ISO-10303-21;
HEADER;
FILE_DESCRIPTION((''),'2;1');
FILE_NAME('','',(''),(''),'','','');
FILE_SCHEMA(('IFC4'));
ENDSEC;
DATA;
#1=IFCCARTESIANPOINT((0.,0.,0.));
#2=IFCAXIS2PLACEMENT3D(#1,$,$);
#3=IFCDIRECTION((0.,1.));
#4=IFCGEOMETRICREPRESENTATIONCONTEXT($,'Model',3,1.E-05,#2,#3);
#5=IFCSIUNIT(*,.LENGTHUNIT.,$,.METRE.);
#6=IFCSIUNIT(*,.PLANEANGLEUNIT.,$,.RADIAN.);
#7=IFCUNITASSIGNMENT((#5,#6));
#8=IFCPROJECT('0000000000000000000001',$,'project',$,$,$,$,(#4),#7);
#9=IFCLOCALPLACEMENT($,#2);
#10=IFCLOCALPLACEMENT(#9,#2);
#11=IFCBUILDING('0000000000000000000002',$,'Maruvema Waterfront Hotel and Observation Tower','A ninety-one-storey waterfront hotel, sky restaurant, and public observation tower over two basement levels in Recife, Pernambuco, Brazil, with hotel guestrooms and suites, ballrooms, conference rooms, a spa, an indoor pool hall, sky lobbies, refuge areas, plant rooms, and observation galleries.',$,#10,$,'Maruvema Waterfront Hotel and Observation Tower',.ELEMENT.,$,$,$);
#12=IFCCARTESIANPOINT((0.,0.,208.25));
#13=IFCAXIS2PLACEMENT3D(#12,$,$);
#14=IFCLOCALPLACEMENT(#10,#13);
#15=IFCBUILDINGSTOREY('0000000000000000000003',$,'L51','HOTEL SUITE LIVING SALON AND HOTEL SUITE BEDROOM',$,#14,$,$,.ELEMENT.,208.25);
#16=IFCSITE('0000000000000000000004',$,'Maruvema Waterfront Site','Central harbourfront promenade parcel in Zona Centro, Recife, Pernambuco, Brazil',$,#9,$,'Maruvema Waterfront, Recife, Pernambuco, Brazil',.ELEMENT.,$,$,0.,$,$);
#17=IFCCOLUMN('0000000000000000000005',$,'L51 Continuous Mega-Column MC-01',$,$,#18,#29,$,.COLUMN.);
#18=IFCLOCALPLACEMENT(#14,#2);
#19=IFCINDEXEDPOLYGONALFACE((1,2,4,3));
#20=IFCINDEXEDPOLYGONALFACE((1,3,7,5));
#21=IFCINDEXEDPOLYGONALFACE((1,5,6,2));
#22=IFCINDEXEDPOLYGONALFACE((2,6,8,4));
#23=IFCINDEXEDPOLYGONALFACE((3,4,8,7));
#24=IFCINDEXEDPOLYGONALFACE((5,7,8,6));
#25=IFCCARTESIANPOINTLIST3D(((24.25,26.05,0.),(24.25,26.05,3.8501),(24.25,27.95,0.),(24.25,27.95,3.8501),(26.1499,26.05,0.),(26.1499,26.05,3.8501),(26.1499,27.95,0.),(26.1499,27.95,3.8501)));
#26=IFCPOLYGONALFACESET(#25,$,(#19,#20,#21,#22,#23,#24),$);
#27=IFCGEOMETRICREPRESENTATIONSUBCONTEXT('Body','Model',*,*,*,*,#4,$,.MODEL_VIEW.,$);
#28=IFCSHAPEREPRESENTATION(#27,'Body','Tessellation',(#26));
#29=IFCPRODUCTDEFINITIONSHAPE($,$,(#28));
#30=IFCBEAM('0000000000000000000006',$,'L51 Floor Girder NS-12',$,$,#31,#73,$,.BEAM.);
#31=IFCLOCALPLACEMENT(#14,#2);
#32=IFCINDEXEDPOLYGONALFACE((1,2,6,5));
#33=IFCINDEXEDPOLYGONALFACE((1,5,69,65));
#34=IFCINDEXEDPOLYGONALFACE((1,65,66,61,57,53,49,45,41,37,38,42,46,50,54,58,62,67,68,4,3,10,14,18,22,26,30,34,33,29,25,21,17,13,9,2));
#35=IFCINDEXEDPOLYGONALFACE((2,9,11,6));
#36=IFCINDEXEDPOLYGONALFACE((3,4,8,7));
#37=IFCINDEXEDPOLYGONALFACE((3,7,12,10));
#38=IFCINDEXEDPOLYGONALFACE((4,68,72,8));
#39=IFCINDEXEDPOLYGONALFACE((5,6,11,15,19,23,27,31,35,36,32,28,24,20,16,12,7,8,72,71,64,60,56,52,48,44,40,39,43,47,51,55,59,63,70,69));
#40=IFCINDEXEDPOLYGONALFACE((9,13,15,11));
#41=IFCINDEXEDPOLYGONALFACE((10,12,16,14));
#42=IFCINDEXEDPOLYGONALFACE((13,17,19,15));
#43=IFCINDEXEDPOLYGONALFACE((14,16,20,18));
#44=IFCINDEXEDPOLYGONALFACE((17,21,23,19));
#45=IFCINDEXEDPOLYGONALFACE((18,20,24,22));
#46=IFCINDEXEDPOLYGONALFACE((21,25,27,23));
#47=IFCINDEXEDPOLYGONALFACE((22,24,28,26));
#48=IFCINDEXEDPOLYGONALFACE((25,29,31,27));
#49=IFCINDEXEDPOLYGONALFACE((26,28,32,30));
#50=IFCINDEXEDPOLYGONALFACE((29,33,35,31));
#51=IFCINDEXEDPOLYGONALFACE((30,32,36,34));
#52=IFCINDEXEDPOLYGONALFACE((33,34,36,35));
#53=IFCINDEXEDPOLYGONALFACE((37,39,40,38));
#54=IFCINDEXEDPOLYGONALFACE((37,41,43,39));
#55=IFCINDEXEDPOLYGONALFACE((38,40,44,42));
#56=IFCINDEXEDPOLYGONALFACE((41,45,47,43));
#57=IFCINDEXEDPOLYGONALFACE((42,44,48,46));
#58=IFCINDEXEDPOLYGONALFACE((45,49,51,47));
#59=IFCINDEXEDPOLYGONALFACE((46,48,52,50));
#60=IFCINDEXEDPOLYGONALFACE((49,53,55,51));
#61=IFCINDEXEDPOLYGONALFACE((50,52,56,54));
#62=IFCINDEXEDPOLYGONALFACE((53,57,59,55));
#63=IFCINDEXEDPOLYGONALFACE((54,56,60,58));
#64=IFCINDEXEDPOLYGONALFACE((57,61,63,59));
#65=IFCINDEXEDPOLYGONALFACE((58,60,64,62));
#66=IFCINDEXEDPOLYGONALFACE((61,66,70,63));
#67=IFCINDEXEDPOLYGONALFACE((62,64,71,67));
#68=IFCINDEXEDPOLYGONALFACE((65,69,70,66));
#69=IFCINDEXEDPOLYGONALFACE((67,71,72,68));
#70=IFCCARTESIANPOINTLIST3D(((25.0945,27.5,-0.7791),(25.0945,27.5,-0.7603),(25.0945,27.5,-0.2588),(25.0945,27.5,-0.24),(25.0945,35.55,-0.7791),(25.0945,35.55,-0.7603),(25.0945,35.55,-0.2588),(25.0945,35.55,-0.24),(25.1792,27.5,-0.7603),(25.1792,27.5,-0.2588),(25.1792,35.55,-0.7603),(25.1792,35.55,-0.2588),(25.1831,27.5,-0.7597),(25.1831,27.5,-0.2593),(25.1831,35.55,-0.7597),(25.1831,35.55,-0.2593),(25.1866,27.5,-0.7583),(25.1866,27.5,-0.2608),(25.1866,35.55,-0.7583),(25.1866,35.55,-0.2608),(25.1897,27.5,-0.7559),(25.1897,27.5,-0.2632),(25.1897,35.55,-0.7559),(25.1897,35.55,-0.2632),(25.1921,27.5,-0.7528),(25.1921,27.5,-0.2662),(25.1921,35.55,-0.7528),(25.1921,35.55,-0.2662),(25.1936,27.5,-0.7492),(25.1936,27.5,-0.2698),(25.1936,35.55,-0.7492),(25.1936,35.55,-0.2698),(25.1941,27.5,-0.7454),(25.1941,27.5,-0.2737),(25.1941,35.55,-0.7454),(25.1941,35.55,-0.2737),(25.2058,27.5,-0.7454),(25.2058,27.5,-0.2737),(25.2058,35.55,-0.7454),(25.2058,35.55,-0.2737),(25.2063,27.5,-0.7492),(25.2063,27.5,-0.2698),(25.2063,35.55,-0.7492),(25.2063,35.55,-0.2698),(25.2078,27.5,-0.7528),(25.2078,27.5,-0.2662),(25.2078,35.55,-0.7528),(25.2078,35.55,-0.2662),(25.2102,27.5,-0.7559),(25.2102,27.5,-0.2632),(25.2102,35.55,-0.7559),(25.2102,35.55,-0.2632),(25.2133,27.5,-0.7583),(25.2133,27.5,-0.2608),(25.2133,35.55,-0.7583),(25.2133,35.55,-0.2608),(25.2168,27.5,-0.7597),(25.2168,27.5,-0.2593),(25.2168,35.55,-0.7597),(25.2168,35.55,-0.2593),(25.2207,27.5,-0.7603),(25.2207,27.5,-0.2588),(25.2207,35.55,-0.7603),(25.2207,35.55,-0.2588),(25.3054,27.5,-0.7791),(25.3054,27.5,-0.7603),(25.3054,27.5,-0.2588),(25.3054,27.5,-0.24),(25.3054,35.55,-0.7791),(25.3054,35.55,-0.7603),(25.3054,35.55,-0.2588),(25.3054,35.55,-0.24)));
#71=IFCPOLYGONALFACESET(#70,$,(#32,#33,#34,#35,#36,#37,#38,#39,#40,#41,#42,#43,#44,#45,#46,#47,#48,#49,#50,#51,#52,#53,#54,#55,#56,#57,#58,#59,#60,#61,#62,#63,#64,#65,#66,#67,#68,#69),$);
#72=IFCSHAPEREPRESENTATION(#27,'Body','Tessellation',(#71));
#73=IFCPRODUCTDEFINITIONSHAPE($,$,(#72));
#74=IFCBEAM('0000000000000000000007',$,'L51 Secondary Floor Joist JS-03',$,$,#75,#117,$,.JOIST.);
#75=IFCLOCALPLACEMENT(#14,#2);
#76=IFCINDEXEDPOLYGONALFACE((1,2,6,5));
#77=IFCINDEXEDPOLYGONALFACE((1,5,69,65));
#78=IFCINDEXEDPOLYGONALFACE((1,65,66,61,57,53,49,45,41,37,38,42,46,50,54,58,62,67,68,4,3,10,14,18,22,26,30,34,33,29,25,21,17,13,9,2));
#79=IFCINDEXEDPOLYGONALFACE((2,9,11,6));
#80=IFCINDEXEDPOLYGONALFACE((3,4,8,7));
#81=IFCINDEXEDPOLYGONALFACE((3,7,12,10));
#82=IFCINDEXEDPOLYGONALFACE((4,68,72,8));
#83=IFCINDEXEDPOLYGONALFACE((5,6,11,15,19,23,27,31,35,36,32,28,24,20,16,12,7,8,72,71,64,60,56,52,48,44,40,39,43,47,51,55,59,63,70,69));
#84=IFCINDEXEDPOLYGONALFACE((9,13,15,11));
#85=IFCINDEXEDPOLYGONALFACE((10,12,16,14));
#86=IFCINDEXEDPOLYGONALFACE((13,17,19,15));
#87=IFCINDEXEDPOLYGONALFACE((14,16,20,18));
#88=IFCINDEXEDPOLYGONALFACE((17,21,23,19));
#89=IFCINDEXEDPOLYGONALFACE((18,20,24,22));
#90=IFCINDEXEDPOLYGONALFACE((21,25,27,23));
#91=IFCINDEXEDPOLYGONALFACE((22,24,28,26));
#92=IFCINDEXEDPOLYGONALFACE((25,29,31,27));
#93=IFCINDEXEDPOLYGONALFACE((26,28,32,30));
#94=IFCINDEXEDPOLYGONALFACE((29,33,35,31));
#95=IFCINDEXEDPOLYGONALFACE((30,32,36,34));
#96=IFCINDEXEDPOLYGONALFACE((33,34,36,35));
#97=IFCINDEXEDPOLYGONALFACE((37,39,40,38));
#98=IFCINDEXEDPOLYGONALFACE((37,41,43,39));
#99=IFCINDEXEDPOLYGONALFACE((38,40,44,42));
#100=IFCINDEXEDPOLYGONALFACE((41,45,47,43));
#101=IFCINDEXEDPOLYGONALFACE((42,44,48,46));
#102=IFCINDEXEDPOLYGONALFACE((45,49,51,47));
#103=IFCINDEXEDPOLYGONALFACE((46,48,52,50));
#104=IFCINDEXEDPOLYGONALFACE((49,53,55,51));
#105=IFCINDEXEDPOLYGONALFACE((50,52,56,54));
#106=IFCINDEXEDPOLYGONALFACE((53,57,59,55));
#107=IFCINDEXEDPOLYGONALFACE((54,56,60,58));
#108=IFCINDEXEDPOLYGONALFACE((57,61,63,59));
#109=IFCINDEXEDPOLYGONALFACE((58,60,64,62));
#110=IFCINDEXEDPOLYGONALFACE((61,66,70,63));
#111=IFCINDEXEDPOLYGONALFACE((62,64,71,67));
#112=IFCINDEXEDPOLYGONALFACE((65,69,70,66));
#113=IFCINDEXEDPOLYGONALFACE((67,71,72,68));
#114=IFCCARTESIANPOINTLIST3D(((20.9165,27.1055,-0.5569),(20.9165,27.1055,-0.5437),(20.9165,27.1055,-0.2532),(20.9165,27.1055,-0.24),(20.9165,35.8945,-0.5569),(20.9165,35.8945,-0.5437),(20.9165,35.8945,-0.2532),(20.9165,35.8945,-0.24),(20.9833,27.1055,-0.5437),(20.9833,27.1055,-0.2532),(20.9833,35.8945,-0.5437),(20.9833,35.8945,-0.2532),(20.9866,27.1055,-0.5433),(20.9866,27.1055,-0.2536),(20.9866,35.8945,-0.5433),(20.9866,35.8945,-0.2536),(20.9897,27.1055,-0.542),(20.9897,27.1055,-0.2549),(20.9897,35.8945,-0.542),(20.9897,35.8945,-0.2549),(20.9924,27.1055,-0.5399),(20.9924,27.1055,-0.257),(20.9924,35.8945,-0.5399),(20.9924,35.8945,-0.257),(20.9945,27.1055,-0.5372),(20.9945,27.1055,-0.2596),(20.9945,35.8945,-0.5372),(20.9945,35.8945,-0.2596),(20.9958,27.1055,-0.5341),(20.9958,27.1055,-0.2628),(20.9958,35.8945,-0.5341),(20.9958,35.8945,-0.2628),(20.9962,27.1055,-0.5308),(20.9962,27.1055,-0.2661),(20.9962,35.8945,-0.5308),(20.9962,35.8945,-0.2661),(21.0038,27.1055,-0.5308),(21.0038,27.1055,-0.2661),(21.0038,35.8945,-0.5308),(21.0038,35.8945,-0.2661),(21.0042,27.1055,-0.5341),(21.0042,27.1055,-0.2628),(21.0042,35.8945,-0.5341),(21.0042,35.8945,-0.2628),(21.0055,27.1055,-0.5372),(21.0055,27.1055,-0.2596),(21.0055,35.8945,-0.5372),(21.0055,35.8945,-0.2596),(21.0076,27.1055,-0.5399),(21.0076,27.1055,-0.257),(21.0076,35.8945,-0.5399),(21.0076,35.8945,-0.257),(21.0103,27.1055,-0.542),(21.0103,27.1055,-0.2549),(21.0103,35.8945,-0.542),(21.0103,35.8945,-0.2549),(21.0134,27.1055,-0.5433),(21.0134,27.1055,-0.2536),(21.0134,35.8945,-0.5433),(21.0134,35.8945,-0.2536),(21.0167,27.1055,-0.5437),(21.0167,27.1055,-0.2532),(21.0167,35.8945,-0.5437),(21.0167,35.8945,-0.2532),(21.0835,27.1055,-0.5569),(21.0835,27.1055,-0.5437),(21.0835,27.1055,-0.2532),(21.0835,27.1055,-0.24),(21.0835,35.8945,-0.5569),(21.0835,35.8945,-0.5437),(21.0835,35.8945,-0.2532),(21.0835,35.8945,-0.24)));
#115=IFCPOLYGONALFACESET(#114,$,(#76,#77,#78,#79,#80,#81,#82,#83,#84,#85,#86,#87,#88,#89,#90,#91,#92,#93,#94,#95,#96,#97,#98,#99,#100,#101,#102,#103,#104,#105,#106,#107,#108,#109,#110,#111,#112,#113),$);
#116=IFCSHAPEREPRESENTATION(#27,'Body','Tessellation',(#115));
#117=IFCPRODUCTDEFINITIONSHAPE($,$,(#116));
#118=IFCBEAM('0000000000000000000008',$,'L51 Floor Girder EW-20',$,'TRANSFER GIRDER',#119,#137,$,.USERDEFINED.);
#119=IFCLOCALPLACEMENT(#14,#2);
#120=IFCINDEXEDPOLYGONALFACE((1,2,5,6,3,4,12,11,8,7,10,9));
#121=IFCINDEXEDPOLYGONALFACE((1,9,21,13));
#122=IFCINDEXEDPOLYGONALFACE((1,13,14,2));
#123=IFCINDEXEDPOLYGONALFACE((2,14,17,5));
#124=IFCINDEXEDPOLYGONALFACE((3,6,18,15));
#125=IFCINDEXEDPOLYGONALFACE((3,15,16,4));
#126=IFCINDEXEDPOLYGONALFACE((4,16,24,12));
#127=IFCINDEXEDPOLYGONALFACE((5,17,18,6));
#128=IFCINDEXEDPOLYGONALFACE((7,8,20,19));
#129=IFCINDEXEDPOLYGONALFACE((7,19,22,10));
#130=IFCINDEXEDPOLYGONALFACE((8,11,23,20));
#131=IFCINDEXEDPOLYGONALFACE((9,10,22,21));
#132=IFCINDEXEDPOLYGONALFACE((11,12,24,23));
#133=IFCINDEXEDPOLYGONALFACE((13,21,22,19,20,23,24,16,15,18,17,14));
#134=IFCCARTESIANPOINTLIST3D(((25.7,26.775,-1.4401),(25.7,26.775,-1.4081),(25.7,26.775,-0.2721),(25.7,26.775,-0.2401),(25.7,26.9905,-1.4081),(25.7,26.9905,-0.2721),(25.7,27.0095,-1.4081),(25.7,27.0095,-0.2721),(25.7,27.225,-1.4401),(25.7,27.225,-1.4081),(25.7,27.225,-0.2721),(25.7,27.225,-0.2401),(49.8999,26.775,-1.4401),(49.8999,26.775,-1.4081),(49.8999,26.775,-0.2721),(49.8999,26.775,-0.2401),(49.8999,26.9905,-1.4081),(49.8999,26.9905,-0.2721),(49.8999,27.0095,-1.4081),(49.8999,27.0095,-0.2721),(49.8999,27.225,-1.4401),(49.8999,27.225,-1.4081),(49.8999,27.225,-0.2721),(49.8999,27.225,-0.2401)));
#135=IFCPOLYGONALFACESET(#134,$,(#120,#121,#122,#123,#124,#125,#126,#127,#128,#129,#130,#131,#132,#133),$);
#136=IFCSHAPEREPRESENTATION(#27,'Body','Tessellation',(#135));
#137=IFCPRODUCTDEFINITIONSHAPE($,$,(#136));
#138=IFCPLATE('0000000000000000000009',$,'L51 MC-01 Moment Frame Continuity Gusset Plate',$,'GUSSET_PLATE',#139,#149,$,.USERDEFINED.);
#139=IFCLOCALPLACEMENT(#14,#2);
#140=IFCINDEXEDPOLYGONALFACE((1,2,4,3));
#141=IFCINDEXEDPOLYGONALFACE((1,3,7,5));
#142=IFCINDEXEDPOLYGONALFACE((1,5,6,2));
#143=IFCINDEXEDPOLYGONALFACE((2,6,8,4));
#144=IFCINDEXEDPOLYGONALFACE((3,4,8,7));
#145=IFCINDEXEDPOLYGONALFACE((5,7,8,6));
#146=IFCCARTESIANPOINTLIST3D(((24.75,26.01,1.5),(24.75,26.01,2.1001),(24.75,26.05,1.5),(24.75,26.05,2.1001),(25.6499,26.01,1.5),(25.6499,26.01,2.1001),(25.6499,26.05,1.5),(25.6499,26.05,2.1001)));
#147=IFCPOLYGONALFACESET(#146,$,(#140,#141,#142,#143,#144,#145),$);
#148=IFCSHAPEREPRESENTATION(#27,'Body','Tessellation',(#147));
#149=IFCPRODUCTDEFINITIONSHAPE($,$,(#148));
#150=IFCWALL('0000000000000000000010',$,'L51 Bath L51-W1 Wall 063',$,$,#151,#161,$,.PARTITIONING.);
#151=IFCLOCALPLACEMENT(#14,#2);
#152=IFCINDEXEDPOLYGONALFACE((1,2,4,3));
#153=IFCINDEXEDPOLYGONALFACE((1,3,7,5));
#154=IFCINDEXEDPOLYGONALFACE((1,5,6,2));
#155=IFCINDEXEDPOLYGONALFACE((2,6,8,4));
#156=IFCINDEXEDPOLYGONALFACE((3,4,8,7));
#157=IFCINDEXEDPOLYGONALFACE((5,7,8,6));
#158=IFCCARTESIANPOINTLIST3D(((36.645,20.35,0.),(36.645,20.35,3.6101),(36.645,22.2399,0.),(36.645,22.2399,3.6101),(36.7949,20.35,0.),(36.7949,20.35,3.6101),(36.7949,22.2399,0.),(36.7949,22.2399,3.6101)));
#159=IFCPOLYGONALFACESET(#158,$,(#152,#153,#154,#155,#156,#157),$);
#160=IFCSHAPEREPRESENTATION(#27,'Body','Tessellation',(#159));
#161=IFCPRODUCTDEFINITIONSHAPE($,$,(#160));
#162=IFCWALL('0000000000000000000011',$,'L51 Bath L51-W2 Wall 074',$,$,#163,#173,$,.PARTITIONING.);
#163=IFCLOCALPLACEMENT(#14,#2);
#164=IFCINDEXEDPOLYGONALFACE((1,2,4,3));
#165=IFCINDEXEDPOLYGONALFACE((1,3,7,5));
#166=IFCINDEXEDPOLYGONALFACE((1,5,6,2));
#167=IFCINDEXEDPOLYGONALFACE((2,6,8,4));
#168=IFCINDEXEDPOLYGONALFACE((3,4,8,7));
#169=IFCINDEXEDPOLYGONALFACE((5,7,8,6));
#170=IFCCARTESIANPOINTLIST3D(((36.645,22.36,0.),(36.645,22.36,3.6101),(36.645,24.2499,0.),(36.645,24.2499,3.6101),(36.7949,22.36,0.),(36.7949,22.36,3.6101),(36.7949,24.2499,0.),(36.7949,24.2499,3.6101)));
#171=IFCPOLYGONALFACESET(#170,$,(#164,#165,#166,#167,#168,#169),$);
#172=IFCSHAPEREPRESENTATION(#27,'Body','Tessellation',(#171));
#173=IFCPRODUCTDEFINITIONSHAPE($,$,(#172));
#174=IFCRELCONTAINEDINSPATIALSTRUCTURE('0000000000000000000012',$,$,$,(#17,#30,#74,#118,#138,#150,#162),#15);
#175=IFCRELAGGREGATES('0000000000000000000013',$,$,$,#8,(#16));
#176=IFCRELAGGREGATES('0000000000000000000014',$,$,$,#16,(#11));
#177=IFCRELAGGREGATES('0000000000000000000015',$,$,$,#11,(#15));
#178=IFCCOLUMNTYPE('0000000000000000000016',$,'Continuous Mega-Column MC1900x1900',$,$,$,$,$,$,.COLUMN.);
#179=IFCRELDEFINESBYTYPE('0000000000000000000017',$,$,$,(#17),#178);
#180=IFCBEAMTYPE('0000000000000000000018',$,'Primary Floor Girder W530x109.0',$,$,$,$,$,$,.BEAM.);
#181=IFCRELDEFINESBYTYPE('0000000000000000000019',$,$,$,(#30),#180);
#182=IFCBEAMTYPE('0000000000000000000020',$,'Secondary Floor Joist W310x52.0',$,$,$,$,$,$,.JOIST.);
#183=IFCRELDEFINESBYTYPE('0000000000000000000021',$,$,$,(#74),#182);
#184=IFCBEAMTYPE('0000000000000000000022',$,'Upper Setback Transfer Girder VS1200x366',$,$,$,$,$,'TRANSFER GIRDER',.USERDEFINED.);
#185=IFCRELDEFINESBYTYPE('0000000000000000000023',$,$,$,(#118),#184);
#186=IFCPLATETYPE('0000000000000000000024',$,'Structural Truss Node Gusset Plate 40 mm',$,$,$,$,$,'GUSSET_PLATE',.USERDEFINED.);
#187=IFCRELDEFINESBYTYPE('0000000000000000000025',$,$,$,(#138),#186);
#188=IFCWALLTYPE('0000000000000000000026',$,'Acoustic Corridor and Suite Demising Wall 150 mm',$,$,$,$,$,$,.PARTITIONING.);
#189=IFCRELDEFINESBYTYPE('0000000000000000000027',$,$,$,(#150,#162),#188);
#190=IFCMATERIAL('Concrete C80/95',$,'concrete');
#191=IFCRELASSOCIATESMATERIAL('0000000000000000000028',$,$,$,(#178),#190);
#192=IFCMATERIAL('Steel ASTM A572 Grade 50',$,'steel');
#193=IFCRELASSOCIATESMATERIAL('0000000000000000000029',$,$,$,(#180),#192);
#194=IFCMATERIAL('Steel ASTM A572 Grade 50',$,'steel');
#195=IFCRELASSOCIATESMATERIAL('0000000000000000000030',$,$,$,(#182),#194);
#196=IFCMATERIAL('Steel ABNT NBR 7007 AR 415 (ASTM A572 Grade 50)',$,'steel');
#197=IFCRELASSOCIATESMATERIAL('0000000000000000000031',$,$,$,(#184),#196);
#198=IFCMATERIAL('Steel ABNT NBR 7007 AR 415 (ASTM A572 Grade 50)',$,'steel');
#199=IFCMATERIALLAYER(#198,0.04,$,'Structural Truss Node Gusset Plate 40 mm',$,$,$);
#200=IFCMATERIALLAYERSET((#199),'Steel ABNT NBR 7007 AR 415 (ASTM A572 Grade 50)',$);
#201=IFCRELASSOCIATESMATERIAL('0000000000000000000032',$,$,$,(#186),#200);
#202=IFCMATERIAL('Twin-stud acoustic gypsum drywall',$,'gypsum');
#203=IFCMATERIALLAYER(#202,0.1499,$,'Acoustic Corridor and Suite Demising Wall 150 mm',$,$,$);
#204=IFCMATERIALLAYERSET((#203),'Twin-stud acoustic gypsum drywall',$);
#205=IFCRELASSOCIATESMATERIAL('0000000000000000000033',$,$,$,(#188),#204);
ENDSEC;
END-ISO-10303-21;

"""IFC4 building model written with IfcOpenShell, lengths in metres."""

from ifc_helpers import new_model, si_unit, direction, frame, frame_2d, origin, origin_2d, place, context, subcontext, project, spatial, rectangle, i_section, extrude, material, layer, layer_set, material_profile, profile_set, type_object, element, save


model = new_model("IFC4")

# Units and contexts
model_context = context("Model", 3, precision=1e-05, world=origin(), true_north=direction((0.0, 1.0)))
body_context = subcontext(model_context, "Body", "Model", "MODEL_VIEW")
ifc_project = project(units=[si_unit("LENGTHUNIT", "METRE"), si_unit("PLANEANGLEUNIT", "RADIAN")], contexts=[model_context])

# Site, building, storey
site_placement = place(None, origin())
site = spatial("IfcSite", under=ifc_project, at=site_placement, Name="Maruvema Waterfront Site", Description="Central harbourfront promenade parcel in Zona Centro, Recife, Pernambuco, Brazil", LongName="Maruvema Waterfront, Recife, Pernambuco, Brazil", CompositionType="ELEMENT", RefElevation=0.0)
building_placement = place(site_placement, origin())
building = spatial("IfcBuilding", under=site, at=building_placement, Name="Maruvema Waterfront Hotel and Observation Tower", Description="A ninety-one-storey waterfront hotel, sky restaurant, and public observation tower over two basement levels in Recife, Pernambuco, Brazil, with hotel guestrooms and suites, ballrooms, conference rooms, a spa, an indoor pool hall, sky lobbies, refuge areas, plant rooms, and observation galleries.", LongName="Maruvema Waterfront Hotel and Observation Tower", CompositionType="ELEMENT")
storey_placement = place(building_placement, frame((0.0, 0.0, 208.25)))
storey = spatial("IfcBuildingStorey", under=building, at=storey_placement, Name="L51", Description="HOTEL SUITE LIVING SALON AND HOTEL SUITE BEDROOM", CompositionType="ELEMENT", Elevation=208.25)

# Column
ifc_material_1 = material(Name="Concrete C80/95", Category="concrete")
ifc_material_profile_1 = material_profile(ifc_material_1, rectangle(XDim=1.8999, YDim=1.8999, at=origin_2d()), Name="MC1900x1900")
ifc_profile_set_1 = profile_set([ifc_material_profile_1], Name="Concrete C80/95")
column_type = type_object("IfcColumnType", Name="Continuous Mega-Column MC1900x1900", PredefinedType="COLUMN", material=ifc_profile_set_1)
column_placement = place(storey_placement, frame((25.2, 27.0, 0.0), z_axis=(0.0, 0.0, 1.0), x_axis=(1.0, 0.0, 0.0)))
element("IfcColumn", 1, at=column_placement, inside=storey, type_object=column_type, Name="L51 Continuous Mega-Column MC-01", PredefinedType="COLUMN", context=body_context, shape_type="SweptSolid", body=[
    extrude(rectangle(XDim=1.8999, YDim=1.8999, at=origin_2d()), origin(), (0.0, 0.0, 1.0), 3.8501),
])

# Beams
ifc_material_2 = material(Name="Steel ASTM A572 Grade 50", Category="steel")
ifc_material_profile_2 = material_profile(ifc_material_2, i_section(OverallWidth=0.2109, OverallDepth=0.5391, WebThickness=0.0117, FlangeThickness=0.0188, FilletRadius=0.0149, at=origin_2d()), Name="W530x109.0")
ifc_profile_set_2 = profile_set([ifc_material_profile_2], Name="Steel ASTM A572 Grade 50")
beam_type_1 = type_object("IfcBeamType", Name="Primary Floor Girder W530x109.0", PredefinedType="BEAM", material=ifc_profile_set_2)
beam_1_placement = place(storey_placement, frame((25.2, 27.5, -0.5095), z_axis=(0.0, 1.0, 0.0), x_axis=(-1.0, 0.0, 0.0)))
element("IfcBeam", 2, at=beam_1_placement, inside=storey, type_object=beam_type_1, Name="L51 Floor Girder NS-12", PredefinedType="BEAM", context=body_context, shape_type="SweptSolid", body=[
    extrude(i_section(OverallWidth=0.2109, OverallDepth=0.5391, WebThickness=0.0117, FlangeThickness=0.0188, FilletRadius=0.0149, at=origin_2d()), origin(), (0.0, 0.0, 1.0), 8.05),
])
ifc_material_3 = material(Name="Steel ASTM A572 Grade 50", Category="steel")
ifc_material_profile_3 = material_profile(ifc_material_3, i_section(OverallWidth=0.167, OverallDepth=0.3169, WebThickness=0.0076, FlangeThickness=0.0132, FilletRadius=0.0129, at=origin_2d()), Name="W310x52.0")
ifc_profile_set_3 = profile_set([ifc_material_profile_3], Name="Steel ASTM A572 Grade 50")
beam_type_2 = type_object("IfcBeamType", Name="Secondary Floor Joist W310x52.0", PredefinedType="JOIST", material=ifc_profile_set_3)
beam_2_placement = place(storey_placement, frame((21.0, 27.1055, -0.3984), z_axis=(0.0, 1.0, 0.0), x_axis=(-1.0, 0.0, 0.0)))
element("IfcBeam", 3, at=beam_2_placement, inside=storey, type_object=beam_type_2, Name="L51 Secondary Floor Joist JS-03", PredefinedType="JOIST", context=body_context, shape_type="SweptSolid", body=[
    extrude(i_section(OverallWidth=0.167, OverallDepth=0.3169, WebThickness=0.0076, FlangeThickness=0.0132, FilletRadius=0.0129, at=origin_2d()), origin(), (0.0, 0.0, 1.0), 8.7891),
])
ifc_material_4 = material(Name="Steel ABNT NBR 7007 AR 415 (ASTM A572 Grade 50)", Category="steel")
ifc_material_profile_4 = material_profile(ifc_material_4, i_section(OverallWidth=0.45, OverallDepth=1.2, WebThickness=0.019, FlangeThickness=0.032, at=origin_2d()), Name="VS1200x366")
ifc_profile_set_4 = profile_set([ifc_material_profile_4], Name="Steel ABNT NBR 7007 AR 415 (ASTM A572 Grade 50)")
beam_type_3 = type_object("IfcBeamType", Name="Upper Setback Transfer Girder VS1200x366", ElementType="TRANSFER GIRDER", PredefinedType="USERDEFINED", material=ifc_profile_set_4)
beam_3_placement = place(storey_placement, frame((25.7, 27.0, -0.8401), z_axis=(1.0, 0.0, 0.0), x_axis=(0.0, 1.0, 0.0)))
element("IfcBeam", 4, at=beam_3_placement, inside=storey, type_object=beam_type_3, Name="L51 Floor Girder EW-20", ObjectType="TRANSFER GIRDER", PredefinedType="USERDEFINED", context=body_context, shape_type="SweptSolid", body=[
    extrude(i_section(OverallWidth=0.45, OverallDepth=1.2, WebThickness=0.019, FlangeThickness=0.032, at=origin_2d()), origin(), (0.0, 0.0, 1.0), 24.2),
])

# Plate
ifc_material_5 = material(Name="Steel ABNT NBR 7007 AR 415 (ASTM A572 Grade 50)", Category="steel")
ifc_layer_1 = layer(ifc_material_5, 0.04, Name="Structural Truss Node Gusset Plate 40 mm")
ifc_layer_set_1 = layer_set([ifc_layer_1], Name="Steel ABNT NBR 7007 AR 415 (ASTM A572 Grade 50)")
plate_type = type_object("IfcPlateType", Name="Structural Truss Node Gusset Plate 40 mm", ElementType="GUSSET_PLATE", PredefinedType="USERDEFINED", material=ifc_layer_set_1)
plate_placement = place(storey_placement, frame((25.2, 26.03, 1.5), z_axis=(0.0, 0.0, 1.0), x_axis=(1.0, 0.0, 0.0)))
element("IfcPlate", 5, at=plate_placement, inside=storey, type_object=plate_type, Name="L51 MC-01 Moment Frame Continuity Gusset Plate", ObjectType="GUSSET_PLATE", PredefinedType="USERDEFINED", context=body_context, shape_type="SweptSolid", body=[
    extrude(rectangle(XDim=0.8999, YDim=0.04, at=origin_2d()), origin(), (0.0, 0.0, 1.0), 0.6001),
])

# Walls
ifc_material_6 = material(Name="Twin-stud acoustic gypsum drywall", Category="gypsum")
ifc_layer_2 = layer(ifc_material_6, 0.1499, Name="Acoustic Corridor and Suite Demising Wall 150 mm")
ifc_layer_set_2 = layer_set([ifc_layer_2], Name="Twin-stud acoustic gypsum drywall")
wall_type_1 = type_object("IfcWallType", Name="Acoustic Corridor and Suite Demising Wall 150 mm", PredefinedType="PARTITIONING", material=ifc_layer_set_2)
for number, where, z_axis, x_axis, name in (
    (6, (36.72, 20.3501, 0.0), (0.0, 0.0, 1.0), (0.0, 1.0, 0.0), "L51 Bath L51-W1 Wall 063"),
    (7, (36.72, 22.3601, 0.0), (0.0, 0.0, 1.0), (0.0, 1.0, 0.0), "L51 Bath L51-W2 Wall 074"),
):
    element("IfcWall", number, at=place(storey_placement, frame(where, z_axis=z_axis, x_axis=x_axis)), inside=storey, type_object=wall_type_1, Name=name, PredefinedType="PARTITIONING", context=body_context, shape_type="SweptSolid", body=[
        extrude(rectangle(XDim=1.8899, YDim=0.1499, at=frame_2d((0.9448, 0.0))), origin(), (0.0, 0.0, 1.0), 3.6101),
    ])

save(model, "model.ifc")
